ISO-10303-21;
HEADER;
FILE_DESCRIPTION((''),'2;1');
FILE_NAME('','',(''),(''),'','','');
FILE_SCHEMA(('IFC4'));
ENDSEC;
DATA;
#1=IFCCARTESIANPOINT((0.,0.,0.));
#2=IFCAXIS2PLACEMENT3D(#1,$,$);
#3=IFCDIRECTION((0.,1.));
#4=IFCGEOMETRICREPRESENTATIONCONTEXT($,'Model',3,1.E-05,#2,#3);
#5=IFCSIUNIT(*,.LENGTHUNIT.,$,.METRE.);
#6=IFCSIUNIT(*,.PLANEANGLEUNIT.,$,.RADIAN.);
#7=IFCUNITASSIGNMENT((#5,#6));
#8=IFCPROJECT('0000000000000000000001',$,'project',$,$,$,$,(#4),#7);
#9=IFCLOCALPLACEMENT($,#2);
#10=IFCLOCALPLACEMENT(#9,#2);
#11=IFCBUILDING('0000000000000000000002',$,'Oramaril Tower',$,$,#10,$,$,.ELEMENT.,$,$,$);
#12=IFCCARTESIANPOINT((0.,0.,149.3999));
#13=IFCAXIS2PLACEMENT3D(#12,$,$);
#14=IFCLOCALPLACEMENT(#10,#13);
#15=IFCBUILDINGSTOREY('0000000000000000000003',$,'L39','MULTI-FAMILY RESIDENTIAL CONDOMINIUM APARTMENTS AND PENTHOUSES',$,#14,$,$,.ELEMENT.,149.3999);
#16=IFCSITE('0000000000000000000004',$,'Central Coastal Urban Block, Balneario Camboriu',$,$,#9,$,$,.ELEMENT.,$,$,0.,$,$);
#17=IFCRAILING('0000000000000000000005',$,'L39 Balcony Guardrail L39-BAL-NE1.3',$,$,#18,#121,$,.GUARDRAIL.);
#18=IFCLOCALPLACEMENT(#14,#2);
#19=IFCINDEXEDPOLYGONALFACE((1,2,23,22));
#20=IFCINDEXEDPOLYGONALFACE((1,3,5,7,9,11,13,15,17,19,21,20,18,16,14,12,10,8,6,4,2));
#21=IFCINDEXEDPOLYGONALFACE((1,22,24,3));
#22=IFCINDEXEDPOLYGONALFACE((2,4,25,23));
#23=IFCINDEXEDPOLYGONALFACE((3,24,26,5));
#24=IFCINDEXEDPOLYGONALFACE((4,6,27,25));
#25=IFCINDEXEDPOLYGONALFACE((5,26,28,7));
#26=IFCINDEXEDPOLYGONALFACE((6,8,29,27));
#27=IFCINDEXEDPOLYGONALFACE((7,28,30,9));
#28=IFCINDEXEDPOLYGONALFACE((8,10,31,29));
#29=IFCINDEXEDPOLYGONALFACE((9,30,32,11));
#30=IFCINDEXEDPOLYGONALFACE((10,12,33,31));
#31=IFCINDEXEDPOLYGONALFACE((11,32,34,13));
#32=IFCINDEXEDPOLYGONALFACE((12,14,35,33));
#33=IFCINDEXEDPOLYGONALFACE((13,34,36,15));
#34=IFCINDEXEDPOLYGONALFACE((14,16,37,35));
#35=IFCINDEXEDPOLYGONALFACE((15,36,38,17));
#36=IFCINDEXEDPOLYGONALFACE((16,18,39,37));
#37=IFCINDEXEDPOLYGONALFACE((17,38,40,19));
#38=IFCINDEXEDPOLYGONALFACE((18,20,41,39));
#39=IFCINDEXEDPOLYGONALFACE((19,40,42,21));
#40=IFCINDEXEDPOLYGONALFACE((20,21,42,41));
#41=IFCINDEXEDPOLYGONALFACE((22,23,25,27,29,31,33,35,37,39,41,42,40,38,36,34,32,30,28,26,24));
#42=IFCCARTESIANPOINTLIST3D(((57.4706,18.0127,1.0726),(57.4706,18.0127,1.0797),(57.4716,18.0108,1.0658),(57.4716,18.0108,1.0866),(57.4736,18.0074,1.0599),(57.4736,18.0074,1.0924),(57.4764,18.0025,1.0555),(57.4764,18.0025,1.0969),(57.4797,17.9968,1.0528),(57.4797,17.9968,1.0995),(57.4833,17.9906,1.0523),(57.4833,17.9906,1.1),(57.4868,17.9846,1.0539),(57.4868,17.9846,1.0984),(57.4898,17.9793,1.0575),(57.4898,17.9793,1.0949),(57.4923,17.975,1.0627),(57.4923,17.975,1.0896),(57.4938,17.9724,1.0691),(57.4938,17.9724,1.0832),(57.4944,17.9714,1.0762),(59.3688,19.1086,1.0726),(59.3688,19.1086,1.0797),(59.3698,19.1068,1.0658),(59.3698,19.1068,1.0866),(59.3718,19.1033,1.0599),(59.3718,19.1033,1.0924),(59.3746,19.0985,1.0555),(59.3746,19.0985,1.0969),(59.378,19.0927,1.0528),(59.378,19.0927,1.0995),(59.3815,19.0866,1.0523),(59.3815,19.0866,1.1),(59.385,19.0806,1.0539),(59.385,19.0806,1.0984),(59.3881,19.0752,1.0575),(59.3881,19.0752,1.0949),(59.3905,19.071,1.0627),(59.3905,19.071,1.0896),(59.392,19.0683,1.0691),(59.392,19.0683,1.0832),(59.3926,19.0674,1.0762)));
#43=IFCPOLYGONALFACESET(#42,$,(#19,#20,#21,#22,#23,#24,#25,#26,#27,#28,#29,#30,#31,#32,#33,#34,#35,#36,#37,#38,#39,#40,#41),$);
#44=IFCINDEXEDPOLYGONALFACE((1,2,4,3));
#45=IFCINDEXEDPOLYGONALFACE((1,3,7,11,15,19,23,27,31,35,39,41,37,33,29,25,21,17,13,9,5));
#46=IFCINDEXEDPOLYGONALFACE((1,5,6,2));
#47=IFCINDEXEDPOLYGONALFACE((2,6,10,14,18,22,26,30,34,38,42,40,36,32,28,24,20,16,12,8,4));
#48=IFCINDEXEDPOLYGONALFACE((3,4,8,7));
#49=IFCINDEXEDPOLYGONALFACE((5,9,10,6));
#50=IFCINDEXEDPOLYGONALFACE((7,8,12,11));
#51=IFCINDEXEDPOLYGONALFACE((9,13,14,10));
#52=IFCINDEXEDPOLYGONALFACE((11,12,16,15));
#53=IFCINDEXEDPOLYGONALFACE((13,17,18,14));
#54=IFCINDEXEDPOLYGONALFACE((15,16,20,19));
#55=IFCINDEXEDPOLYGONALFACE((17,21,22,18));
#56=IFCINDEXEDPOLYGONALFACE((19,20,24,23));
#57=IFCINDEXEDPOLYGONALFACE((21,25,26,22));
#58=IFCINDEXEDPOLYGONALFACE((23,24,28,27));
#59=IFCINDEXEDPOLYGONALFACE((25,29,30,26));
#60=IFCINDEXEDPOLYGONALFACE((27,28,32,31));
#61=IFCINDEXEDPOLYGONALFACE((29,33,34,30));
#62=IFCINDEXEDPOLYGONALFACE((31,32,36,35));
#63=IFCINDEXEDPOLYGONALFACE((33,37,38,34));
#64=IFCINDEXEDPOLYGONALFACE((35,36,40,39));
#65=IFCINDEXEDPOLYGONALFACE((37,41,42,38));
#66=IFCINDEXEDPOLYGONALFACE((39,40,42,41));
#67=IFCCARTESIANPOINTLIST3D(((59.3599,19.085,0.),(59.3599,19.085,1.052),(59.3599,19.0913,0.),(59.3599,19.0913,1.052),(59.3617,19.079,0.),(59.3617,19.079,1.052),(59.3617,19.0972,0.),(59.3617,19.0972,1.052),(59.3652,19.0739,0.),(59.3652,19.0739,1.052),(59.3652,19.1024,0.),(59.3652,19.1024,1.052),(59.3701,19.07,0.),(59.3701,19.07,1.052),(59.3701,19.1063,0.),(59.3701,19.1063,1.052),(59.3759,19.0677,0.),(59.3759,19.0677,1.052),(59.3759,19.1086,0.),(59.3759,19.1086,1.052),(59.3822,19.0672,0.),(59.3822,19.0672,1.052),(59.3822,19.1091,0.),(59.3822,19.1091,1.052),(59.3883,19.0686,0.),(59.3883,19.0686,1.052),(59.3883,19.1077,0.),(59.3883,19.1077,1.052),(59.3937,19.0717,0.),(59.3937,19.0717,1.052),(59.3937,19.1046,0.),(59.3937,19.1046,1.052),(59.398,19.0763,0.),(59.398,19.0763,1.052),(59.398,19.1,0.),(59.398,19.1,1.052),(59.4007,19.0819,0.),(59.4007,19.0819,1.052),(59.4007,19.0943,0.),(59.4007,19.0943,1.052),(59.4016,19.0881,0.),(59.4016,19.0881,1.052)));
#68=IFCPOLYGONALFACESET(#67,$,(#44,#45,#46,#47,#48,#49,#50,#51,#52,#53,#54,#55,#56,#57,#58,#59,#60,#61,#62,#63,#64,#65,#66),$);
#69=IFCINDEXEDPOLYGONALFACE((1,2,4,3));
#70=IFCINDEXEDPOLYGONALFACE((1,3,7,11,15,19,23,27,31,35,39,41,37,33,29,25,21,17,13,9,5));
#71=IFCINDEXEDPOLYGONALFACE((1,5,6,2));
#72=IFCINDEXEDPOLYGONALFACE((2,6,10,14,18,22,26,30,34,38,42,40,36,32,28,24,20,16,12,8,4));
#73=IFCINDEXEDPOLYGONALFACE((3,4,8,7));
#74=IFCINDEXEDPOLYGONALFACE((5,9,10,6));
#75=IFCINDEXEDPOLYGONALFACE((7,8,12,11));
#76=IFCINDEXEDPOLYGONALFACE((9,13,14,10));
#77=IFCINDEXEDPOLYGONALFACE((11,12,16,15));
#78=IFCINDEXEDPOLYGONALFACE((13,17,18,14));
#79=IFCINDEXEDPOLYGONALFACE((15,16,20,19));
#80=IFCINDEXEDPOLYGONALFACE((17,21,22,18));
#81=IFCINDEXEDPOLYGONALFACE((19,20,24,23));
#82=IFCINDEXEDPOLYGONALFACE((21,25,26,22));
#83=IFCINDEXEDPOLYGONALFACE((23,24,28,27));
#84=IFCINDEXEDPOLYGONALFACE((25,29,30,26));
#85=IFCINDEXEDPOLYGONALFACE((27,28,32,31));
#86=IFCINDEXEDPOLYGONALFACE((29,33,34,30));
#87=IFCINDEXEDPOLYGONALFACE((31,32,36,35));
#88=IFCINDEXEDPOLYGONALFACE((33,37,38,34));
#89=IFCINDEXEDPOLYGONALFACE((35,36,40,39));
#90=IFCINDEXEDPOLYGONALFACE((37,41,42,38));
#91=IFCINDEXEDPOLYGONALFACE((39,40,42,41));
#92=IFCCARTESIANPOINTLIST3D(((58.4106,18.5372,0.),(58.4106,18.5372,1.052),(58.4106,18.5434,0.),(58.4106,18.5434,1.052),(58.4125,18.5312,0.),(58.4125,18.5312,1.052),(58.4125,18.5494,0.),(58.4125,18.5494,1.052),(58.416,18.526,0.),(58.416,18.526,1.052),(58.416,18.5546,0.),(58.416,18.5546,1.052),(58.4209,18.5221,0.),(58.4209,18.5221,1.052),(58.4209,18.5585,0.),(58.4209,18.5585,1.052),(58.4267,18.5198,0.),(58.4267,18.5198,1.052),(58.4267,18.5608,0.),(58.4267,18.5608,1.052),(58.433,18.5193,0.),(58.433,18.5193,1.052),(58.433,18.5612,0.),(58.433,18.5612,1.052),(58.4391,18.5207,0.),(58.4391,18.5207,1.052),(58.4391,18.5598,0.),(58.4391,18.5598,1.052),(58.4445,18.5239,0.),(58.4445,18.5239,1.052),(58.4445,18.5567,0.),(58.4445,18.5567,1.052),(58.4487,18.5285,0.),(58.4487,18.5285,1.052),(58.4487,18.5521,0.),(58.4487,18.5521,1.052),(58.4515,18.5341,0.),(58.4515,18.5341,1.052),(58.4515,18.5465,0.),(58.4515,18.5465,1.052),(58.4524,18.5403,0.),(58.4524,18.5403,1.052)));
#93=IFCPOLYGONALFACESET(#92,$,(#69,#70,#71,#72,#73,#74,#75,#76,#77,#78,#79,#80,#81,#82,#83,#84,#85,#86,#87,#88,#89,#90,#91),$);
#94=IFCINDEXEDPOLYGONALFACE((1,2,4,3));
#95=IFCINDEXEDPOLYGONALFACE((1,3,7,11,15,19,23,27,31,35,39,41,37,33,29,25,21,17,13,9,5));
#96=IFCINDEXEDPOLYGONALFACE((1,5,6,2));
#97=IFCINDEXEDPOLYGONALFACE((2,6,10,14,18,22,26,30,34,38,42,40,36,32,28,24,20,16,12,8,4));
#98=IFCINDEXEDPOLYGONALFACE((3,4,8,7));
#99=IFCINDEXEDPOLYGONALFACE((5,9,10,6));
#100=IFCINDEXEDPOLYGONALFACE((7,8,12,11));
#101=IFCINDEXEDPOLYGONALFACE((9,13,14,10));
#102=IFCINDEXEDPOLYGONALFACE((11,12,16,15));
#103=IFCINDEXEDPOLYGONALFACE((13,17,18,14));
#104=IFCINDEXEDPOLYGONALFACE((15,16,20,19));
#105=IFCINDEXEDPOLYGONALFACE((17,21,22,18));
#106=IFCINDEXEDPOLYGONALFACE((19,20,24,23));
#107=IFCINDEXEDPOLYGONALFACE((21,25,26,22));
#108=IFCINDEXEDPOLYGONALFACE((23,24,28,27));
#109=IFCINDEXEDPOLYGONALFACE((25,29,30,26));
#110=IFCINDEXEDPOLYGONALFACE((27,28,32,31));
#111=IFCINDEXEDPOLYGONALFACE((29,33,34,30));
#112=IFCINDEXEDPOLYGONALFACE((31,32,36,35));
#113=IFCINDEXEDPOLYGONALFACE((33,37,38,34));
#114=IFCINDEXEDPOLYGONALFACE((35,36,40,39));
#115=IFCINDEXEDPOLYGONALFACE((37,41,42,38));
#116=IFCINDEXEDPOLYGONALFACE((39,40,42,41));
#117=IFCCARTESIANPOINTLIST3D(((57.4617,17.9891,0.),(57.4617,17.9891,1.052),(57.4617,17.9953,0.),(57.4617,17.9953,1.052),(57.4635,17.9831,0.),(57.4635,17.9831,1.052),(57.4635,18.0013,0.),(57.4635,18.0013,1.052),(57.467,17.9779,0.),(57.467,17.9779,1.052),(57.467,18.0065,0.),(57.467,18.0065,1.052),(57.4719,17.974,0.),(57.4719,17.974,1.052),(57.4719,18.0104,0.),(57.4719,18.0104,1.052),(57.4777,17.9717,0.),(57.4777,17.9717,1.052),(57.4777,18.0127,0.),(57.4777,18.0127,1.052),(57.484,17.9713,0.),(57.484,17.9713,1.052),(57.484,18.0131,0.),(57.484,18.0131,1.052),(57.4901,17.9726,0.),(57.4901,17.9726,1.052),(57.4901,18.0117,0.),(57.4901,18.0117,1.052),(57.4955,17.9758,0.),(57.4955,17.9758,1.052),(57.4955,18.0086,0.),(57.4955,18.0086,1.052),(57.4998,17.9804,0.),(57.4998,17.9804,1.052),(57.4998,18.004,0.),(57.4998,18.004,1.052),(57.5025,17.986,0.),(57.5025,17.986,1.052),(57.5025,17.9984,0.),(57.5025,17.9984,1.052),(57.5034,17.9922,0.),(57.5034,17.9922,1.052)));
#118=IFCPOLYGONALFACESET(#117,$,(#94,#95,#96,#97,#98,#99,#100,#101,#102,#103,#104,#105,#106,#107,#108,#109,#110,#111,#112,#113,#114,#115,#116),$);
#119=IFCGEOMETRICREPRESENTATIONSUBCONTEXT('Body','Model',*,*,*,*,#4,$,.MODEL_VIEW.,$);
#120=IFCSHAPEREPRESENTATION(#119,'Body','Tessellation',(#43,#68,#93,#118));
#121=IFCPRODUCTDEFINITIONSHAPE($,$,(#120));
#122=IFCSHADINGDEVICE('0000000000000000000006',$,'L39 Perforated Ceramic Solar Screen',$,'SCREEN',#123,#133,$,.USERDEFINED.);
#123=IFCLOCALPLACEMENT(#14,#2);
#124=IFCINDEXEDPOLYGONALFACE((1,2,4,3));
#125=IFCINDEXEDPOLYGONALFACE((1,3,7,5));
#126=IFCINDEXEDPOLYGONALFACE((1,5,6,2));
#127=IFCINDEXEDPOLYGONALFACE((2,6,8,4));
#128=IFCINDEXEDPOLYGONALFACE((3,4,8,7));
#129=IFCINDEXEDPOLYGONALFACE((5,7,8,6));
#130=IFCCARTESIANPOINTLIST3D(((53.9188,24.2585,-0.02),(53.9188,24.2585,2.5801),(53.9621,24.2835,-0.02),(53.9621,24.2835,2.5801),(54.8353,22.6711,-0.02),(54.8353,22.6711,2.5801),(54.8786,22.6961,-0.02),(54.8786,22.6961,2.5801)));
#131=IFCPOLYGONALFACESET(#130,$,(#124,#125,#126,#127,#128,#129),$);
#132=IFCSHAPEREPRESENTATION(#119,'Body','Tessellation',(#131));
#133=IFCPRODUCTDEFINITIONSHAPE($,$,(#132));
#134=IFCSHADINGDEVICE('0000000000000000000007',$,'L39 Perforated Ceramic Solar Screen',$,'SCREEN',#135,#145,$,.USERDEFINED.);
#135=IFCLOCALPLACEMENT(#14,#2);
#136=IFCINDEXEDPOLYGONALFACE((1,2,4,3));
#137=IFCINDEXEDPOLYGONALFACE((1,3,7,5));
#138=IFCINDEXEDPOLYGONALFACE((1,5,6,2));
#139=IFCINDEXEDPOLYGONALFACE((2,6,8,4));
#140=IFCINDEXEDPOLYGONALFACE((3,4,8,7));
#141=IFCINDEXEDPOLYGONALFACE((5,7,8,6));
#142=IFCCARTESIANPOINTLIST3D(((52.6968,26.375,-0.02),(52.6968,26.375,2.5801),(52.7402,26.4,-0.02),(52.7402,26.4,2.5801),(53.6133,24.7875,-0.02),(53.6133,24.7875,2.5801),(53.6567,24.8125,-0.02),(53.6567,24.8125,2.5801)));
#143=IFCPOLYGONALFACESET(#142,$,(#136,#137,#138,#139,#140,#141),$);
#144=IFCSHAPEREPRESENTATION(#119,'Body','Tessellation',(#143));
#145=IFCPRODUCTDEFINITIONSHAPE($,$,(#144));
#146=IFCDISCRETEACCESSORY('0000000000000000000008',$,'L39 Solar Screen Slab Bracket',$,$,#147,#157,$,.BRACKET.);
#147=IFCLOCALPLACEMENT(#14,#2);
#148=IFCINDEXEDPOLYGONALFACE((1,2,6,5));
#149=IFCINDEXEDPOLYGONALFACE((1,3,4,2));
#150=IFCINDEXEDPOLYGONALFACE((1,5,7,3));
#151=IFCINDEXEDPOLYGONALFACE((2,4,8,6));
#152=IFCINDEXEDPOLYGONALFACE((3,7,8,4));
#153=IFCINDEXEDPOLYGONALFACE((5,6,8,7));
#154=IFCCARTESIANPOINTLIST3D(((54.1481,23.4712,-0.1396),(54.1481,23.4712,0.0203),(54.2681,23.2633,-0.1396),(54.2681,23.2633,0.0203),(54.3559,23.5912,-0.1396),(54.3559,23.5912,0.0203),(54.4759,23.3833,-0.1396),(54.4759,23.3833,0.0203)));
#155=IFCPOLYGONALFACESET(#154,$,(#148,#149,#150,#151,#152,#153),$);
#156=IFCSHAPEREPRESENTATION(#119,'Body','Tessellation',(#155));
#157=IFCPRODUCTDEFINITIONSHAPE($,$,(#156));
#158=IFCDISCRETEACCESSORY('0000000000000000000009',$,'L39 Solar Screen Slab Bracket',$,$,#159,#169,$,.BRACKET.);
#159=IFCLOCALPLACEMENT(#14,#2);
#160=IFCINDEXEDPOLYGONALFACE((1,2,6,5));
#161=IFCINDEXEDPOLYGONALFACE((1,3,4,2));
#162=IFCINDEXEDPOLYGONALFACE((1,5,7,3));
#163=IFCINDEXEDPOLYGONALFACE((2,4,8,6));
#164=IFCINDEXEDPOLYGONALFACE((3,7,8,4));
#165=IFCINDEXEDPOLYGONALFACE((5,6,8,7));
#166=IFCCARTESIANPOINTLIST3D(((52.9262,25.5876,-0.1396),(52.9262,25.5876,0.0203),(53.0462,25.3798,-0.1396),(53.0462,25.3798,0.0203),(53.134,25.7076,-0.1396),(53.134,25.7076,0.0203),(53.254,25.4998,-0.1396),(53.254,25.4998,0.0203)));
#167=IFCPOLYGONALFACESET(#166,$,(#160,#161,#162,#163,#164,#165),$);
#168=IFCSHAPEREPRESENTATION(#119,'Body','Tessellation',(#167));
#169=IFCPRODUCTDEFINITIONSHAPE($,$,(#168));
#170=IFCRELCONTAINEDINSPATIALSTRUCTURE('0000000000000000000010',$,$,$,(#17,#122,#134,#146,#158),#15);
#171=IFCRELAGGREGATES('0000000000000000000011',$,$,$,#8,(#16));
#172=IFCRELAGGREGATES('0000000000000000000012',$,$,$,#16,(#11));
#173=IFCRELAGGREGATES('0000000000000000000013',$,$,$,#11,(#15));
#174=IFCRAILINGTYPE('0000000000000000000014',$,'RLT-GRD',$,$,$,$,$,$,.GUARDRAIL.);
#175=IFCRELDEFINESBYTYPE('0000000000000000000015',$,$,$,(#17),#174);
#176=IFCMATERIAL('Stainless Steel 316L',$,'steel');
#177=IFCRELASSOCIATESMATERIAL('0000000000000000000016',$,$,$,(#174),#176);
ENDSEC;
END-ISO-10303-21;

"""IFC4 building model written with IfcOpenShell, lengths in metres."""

from ifc_helpers import new_model, si_unit, direction, frame, origin, origin_2d, place, context, subcontext, project, spatial, rectangle, circle, extrude, material, type_object, element, save


model = new_model("IFC4")

# Units and contexts
model_context = context("Model", 3, precision=1e-05, world=origin(), true_north=direction((0.0, 1.0)))
body_context = subcontext(model_context, "Body", "Model", "MODEL_VIEW")
ifc_project = project(units=[si_unit("LENGTHUNIT", "METRE"), si_unit("PLANEANGLEUNIT", "RADIAN")], contexts=[model_context])

# Site, building, storey
site_placement = place(None, origin())
site = spatial("IfcSite", under=ifc_project, at=site_placement, Name="Central Coastal Urban Block, Balneario Camboriu", CompositionType="ELEMENT", RefElevation=0.0)
building_placement = place(site_placement, origin())
building = spatial("IfcBuilding", under=site, at=building_placement, Name="Oramaril Tower", CompositionType="ELEMENT")
storey_placement = place(building_placement, frame((0.0, 0.0, 149.3999)))
storey = spatial("IfcBuildingStorey", under=building, at=storey_placement, Name="L39", Description="MULTI-FAMILY RESIDENTIAL CONDOMINIUM APARTMENTS AND PENTHOUSES", CompositionType="ELEMENT", Elevation=149.3999)

# Railing
ifc_material_1 = material(Name="Stainless Steel 316L", Category="steel")
railing_type = type_object("IfcRailingType", Name="RLT-GRD", PredefinedType="GUARDRAIL", material=ifc_material_1)
railing_1_placement = place(storey_placement, frame((59.3806, 19.0881, 0.0)))
element("IfcRailing", 1, at=railing_1_placement, inside=storey, type_object=railing_type, Name="L39 Balcony Guardrail L39-BAL-NE1.3", PredefinedType="GUARDRAIL", context=body_context, shape_type="SweptSolid", body=[
    extrude(circle(Radius=0.0239, at=origin_2d()), frame((0.0, 0.0, 1.0762), z_axis=(-0.866021, -0.500008, 0.0), x_axis=(0.500008, -0.866021, 0.0)), (0.0, 0.0, 1.0), 2.1919),
    extrude(circle(Radius=0.021, at=origin_2d()), origin(), (0.0, 0.0, 1.0), 1.052),
    extrude(circle(Radius=0.021, at=origin_2d()), frame((-0.9492, -0.5479, 0.0)), (0.0, 0.0, 1.0), 1.052),
    extrude(circle(Radius=0.021, at=origin_2d()), frame((-1.8982, -1.0959, 0.0)), (0.0, 0.0, 1.0), 1.052),
])

# Shading devices
for number, where, z_axis, x_axis, name in (
    (2, (54.3987, 23.4773, -0.02), (0.0, 0.0, 1.0), (-0.5, 0.866025, 0.0), "L39 Perforated Ceramic Solar Screen"),
    (3, (53.1768, 25.5938, -0.02), (0.0, 0.0, 1.0), (-0.5, 0.866025, 0.0), "L39 Perforated Ceramic Solar Screen"),
):
    element("IfcShadingDevice", number, at=place(storey_placement, frame(where, z_axis=z_axis, x_axis=x_axis)), inside=storey, Name=name, ObjectType="SCREEN", PredefinedType="USERDEFINED", context=body_context, shape_type="SweptSolid", body=[
        extrude(rectangle(XDim=1.833, YDim=0.05, at=origin_2d()), origin(), (0.0, 0.0, 1.0), 2.6001),
    ])

# Discrete accessories
for number, where, z_axis, x_axis, name in (
    (4, (54.312, 23.4272, -0.1396), (0.0, 0.0, 1.0), (-0.5, 0.866025, 0.0), "L39 Solar Screen Slab Bracket"),
    (5, (53.0901, 25.5437, -0.1396), (0.0, 0.0, 1.0), (-0.5, 0.866025, 0.0), "L39 Solar Screen Slab Bracket"),
):
    element("IfcDiscreteAccessory", number, at=place(storey_placement, frame(where, z_axis=z_axis, x_axis=x_axis)), inside=storey, Name=name, PredefinedType="BRACKET", context=body_context, shape_type="SweptSolid", body=[
        extrude(rectangle(XDim=0.24, YDim=0.24, at=origin_2d()), origin(), (0.0, 0.0, 1.0), 0.1599),
    ])

save(model, "model.ifc")
